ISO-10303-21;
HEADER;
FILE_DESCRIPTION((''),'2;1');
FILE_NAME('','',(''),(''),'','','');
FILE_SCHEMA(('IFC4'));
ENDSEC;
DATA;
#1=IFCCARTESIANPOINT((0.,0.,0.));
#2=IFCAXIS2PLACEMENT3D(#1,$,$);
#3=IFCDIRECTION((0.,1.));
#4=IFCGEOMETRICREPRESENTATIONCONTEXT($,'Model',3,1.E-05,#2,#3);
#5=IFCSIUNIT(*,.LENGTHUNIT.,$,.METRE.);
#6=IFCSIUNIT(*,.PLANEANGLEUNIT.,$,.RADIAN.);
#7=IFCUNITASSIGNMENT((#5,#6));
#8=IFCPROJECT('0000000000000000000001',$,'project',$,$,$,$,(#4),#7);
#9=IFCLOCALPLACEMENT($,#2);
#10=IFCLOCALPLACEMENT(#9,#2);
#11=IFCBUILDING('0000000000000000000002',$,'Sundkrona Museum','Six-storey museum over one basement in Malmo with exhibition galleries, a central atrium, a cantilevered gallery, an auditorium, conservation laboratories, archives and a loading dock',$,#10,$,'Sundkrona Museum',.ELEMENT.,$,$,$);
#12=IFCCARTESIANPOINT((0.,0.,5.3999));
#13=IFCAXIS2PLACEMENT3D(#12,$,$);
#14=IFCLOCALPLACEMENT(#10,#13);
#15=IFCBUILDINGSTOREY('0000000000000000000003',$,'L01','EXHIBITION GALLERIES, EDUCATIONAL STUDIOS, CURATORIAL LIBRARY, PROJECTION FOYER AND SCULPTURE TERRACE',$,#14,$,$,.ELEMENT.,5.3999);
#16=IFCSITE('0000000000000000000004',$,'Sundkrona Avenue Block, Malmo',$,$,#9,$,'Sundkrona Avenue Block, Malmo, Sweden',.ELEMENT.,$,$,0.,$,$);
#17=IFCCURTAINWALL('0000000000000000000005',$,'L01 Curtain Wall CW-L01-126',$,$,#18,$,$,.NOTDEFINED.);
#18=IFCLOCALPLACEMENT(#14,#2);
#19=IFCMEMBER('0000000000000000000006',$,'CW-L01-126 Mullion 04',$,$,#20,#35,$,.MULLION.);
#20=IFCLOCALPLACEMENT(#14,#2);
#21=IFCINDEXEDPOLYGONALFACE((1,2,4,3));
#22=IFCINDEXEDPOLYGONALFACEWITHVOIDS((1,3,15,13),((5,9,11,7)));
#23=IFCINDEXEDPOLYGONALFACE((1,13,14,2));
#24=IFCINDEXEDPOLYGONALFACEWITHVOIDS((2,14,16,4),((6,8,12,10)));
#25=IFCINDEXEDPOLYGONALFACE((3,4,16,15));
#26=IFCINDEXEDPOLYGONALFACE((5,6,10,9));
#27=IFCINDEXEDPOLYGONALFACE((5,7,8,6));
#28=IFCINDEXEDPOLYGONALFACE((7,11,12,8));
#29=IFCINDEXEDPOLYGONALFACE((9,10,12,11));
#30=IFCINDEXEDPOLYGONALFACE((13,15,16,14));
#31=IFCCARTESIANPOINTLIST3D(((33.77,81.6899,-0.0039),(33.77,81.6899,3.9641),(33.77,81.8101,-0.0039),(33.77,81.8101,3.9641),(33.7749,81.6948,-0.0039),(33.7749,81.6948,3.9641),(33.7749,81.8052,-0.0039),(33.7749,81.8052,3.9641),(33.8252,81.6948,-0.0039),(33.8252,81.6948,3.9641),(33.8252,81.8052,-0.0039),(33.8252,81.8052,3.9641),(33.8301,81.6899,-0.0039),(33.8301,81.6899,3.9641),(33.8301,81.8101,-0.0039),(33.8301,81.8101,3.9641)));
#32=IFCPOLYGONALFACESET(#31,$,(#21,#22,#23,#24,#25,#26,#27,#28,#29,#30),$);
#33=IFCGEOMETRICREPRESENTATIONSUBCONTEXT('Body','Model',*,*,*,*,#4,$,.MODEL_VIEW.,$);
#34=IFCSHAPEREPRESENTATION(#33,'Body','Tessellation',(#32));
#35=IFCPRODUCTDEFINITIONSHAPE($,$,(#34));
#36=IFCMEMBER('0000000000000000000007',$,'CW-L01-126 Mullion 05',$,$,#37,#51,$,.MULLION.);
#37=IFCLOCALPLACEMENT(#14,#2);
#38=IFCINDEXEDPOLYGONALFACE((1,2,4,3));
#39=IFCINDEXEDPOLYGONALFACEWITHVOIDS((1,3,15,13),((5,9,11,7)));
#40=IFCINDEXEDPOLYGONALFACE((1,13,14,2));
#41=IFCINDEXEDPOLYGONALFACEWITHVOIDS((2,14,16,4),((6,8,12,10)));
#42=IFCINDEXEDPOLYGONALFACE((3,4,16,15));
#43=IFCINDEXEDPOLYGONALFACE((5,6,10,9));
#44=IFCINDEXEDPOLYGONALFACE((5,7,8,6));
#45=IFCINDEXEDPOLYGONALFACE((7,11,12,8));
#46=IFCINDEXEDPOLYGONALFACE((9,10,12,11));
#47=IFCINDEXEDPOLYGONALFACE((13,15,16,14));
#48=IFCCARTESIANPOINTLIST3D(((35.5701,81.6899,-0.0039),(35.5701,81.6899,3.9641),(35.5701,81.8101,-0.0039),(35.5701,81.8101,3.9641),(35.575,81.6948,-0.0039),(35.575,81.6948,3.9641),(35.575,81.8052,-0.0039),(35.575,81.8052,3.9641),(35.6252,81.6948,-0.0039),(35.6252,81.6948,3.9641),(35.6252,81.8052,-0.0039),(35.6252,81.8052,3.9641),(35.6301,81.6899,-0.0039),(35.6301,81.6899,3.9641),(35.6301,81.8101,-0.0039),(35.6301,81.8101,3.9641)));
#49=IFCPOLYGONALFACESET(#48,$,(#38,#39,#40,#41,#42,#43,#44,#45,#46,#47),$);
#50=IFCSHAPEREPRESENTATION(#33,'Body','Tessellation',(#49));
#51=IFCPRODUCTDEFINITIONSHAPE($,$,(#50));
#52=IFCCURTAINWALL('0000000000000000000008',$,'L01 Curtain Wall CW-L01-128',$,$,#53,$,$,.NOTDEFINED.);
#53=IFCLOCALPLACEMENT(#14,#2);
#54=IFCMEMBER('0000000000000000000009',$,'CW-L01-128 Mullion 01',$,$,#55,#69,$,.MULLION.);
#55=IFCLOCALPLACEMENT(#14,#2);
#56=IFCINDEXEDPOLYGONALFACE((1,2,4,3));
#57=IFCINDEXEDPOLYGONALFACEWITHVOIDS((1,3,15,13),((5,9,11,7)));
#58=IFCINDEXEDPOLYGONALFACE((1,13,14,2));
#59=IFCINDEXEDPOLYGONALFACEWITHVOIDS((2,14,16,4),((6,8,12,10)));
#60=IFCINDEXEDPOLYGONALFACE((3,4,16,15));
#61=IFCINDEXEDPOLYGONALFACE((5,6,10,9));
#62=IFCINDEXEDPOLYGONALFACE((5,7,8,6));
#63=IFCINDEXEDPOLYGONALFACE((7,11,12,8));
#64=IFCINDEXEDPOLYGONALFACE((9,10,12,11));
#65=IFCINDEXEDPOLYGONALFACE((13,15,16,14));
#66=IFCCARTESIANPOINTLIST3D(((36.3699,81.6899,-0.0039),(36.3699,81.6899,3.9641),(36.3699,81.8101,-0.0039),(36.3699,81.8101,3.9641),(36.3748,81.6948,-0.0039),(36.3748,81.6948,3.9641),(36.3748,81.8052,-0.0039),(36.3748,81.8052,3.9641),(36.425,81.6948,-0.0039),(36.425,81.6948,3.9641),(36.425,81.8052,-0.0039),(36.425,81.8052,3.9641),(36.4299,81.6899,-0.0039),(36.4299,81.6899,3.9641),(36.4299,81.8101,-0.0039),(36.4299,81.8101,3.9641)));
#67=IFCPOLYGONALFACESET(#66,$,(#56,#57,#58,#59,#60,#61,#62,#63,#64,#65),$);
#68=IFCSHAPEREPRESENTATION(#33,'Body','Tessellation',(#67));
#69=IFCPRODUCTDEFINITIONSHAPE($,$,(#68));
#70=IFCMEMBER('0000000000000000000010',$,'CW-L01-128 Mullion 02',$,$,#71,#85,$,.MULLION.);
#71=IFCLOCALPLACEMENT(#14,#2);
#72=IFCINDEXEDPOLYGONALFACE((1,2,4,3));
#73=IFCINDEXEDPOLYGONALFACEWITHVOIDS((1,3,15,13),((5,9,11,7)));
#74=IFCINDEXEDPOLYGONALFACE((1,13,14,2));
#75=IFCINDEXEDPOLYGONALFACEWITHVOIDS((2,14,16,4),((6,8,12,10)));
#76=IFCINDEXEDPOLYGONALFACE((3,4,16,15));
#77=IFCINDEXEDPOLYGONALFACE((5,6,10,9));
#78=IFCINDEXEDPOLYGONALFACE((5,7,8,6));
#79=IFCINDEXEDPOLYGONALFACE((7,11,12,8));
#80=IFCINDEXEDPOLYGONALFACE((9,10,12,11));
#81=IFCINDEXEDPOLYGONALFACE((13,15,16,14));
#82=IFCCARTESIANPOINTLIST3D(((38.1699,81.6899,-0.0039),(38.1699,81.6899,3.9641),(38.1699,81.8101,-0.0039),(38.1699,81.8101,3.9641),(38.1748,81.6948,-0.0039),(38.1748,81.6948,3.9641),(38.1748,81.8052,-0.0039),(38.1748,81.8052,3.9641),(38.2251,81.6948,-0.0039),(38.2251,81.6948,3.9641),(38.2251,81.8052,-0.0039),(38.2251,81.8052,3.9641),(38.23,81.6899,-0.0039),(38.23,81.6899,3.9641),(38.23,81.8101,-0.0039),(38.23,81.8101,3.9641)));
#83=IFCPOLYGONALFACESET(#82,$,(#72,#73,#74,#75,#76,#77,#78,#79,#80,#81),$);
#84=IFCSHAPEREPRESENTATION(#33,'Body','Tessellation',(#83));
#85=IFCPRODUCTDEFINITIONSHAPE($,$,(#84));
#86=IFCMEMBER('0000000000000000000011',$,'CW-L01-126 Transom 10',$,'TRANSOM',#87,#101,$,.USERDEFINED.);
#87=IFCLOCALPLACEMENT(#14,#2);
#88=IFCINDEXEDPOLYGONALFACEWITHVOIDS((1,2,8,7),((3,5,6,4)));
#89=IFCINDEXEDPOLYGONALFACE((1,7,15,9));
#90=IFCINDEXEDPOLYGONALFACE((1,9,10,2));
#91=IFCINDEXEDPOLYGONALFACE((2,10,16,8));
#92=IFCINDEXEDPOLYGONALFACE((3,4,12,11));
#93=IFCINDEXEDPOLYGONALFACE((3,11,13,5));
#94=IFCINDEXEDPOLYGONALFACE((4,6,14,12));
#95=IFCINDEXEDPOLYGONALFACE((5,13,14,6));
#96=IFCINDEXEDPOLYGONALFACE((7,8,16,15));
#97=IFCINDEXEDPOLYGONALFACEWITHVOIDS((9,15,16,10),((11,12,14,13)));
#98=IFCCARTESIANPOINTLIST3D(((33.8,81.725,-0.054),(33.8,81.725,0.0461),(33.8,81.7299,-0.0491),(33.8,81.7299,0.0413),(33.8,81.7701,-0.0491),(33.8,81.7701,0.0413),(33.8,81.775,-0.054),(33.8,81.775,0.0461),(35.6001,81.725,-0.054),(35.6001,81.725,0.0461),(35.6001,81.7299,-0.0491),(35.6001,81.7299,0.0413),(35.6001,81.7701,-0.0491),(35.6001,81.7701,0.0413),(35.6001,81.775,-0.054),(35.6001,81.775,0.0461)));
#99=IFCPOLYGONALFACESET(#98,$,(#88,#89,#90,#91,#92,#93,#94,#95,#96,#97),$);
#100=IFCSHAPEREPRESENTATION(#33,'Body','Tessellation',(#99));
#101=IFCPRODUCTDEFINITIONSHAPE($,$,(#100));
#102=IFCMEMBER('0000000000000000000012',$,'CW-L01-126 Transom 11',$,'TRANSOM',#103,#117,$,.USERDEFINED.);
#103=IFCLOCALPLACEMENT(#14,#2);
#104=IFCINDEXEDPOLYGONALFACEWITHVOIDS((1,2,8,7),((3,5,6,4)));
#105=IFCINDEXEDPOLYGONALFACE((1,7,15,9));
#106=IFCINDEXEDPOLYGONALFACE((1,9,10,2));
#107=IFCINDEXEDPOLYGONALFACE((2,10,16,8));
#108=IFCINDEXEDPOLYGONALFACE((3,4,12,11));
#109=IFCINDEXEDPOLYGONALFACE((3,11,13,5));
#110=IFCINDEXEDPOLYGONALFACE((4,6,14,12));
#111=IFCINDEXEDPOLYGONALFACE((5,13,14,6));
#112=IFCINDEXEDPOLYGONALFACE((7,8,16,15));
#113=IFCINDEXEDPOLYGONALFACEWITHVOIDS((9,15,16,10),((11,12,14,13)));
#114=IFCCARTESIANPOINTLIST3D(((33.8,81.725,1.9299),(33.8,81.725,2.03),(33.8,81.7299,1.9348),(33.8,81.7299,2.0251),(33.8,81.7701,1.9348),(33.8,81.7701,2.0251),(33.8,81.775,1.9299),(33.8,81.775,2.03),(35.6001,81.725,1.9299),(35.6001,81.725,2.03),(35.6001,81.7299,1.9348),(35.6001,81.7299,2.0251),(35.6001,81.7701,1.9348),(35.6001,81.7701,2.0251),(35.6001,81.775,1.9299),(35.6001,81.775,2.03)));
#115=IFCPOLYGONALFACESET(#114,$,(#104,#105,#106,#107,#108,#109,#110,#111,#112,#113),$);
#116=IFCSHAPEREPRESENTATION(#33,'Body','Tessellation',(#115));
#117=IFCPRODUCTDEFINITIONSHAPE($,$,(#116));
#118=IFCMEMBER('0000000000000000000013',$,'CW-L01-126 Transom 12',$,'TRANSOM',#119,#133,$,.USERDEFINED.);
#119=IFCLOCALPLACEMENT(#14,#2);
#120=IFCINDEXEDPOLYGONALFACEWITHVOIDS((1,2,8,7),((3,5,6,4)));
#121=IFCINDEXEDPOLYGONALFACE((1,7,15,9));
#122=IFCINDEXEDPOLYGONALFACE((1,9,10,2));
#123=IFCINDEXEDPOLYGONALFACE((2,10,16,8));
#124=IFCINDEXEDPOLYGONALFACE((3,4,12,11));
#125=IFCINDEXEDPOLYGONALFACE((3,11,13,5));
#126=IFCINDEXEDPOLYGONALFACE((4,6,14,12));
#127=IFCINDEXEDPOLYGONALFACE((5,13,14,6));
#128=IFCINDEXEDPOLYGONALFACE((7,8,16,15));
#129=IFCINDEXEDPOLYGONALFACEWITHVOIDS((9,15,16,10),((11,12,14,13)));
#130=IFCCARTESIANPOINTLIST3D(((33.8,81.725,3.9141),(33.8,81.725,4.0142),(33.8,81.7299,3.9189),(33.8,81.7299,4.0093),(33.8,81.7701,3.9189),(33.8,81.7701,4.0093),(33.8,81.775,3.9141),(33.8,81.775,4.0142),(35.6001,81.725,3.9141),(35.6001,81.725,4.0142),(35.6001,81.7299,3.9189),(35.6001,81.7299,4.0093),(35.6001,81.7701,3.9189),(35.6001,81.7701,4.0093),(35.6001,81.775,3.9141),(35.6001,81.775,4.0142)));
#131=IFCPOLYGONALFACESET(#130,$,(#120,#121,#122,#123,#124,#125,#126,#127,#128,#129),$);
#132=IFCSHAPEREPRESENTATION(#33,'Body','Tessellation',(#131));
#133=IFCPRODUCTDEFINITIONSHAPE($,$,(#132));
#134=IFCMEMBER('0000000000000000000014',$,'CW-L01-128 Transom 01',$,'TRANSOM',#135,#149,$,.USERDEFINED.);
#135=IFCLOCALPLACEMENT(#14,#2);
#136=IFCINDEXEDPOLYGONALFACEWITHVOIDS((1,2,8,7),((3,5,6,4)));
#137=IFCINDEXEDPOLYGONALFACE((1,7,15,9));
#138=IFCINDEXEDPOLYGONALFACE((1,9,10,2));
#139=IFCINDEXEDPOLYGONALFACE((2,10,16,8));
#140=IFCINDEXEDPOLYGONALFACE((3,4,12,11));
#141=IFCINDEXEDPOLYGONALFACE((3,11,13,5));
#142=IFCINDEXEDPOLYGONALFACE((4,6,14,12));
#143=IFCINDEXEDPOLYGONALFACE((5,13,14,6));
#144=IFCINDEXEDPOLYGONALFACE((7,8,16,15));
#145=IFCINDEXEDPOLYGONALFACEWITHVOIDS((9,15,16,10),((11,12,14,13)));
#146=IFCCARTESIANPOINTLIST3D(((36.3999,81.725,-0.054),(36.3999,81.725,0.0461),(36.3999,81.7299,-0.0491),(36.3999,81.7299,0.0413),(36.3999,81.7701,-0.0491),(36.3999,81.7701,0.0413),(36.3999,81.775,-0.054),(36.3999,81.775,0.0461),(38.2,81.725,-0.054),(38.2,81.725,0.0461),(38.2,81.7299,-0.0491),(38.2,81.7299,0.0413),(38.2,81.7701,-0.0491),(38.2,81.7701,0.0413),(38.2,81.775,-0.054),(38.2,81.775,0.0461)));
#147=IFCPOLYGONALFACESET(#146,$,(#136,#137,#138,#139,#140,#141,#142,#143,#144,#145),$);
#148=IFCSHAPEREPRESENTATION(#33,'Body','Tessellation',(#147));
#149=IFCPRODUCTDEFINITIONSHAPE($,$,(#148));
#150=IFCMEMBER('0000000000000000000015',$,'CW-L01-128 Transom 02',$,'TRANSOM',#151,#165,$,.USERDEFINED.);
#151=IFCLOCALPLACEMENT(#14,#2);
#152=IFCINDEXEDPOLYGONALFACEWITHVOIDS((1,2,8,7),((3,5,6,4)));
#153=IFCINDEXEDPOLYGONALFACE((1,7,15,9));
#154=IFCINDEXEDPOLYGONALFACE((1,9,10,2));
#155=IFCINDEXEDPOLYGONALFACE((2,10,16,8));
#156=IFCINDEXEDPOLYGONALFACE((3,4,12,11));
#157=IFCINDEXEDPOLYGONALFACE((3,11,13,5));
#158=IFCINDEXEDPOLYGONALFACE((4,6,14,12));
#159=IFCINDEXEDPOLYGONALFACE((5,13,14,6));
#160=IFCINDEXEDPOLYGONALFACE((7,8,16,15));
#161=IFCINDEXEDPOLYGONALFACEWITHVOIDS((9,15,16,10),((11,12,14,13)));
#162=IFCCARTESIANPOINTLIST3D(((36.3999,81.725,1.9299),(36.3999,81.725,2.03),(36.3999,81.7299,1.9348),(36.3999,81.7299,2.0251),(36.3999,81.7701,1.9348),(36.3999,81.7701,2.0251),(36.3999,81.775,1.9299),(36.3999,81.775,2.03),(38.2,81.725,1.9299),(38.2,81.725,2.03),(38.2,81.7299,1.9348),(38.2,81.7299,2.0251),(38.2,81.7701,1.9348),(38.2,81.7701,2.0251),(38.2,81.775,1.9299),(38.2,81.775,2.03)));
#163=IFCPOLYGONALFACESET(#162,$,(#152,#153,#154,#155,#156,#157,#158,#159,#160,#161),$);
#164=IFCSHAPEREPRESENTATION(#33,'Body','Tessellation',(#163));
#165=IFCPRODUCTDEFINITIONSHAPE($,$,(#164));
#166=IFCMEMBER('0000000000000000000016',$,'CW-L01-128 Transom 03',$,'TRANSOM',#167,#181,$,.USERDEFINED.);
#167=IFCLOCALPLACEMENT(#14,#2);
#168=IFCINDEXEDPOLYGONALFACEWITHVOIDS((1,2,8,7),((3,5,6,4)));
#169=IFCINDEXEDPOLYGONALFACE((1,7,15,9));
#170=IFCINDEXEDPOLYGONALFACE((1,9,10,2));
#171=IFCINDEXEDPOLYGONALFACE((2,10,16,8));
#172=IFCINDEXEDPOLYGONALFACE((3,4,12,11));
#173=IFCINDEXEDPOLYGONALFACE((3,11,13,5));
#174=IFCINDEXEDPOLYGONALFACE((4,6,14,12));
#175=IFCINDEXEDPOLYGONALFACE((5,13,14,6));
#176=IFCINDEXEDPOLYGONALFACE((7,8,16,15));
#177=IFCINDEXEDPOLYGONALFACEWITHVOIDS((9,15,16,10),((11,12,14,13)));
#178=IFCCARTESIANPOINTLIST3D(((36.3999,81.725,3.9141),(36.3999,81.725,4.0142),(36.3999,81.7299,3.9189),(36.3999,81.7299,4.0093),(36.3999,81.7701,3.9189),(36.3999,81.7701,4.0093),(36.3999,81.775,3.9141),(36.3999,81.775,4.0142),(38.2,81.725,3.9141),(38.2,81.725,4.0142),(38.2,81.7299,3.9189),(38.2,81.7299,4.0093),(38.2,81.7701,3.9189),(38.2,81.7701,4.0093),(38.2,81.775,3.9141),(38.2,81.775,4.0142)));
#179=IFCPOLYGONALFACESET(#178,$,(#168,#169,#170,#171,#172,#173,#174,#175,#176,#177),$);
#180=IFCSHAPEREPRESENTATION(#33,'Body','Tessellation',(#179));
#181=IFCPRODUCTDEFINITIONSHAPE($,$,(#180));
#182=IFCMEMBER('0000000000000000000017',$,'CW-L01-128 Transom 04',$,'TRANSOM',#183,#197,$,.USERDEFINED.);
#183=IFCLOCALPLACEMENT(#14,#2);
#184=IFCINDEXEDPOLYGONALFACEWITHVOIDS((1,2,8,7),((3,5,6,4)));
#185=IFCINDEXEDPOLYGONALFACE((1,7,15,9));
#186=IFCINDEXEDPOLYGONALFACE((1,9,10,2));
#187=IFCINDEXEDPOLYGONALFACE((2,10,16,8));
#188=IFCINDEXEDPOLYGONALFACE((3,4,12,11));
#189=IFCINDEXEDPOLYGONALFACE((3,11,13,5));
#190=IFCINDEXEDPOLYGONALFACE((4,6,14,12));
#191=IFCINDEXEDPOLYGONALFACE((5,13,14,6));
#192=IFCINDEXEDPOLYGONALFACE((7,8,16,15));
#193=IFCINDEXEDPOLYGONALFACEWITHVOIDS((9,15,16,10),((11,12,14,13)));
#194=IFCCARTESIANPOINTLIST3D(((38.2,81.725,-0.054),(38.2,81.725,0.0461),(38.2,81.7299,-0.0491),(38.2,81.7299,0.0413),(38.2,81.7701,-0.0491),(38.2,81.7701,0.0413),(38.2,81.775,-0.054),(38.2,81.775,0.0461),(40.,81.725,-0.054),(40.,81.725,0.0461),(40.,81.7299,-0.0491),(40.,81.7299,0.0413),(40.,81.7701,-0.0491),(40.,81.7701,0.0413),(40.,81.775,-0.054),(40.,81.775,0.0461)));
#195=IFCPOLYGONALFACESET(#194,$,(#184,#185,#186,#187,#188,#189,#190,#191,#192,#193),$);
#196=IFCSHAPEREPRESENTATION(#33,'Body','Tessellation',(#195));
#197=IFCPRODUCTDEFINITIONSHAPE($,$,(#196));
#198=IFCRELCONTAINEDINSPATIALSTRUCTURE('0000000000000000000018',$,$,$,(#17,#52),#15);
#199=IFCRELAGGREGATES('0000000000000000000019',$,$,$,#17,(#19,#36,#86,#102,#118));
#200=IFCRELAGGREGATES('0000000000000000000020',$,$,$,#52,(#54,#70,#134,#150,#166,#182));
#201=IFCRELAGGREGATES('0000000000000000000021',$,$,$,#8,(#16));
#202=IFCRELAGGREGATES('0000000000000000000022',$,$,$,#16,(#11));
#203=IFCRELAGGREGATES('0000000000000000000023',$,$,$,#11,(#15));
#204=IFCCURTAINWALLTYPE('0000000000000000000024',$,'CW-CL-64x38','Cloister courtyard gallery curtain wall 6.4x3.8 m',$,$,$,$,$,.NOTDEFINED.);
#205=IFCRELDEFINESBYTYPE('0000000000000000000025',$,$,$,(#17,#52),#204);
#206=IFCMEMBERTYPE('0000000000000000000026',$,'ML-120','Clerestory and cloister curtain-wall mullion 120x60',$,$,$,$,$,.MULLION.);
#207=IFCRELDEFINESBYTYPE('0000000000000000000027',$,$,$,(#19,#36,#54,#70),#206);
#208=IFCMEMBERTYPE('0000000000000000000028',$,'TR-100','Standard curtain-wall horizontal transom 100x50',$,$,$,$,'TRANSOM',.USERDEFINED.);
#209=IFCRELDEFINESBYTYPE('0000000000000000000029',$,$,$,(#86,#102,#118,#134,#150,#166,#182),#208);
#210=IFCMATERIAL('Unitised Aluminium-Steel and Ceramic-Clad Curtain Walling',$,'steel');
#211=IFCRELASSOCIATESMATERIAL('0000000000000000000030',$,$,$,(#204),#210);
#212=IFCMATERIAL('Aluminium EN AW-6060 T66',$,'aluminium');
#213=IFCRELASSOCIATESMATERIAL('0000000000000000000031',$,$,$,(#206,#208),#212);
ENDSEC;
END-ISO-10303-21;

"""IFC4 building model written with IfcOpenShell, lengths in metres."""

from ifc_helpers import new_model, si_unit, direction, frame, origin, origin_2d, place, context, subcontext, project, spatial, hollow_rectangle, extrude, material, material_profile, profile_set, type_object, element, aggregate, save


model = new_model("IFC4")

# Units and contexts
model_context = context("Model", 3, precision=1e-05, world=origin(), true_north=direction((0.0, 1.0)))
body_context = subcontext(model_context, "Body", "Model", "MODEL_VIEW")
ifc_project = project(units=[si_unit("LENGTHUNIT", "METRE"), si_unit("PLANEANGLEUNIT", "RADIAN")], contexts=[model_context])

# Site, building, storey
site_placement = place(None, origin())
site = spatial("IfcSite", under=ifc_project, at=site_placement, Name="Sundkrona Avenue Block, Malmo", LongName="Sundkrona Avenue Block, Malmo, Sweden", CompositionType="ELEMENT", RefElevation=0.0)
building_placement = place(site_placement, origin())
building = spatial("IfcBuilding", under=site, at=building_placement, Name="Sundkrona Museum", Description="Six-storey museum over one basement in Malmo with exhibition galleries, a central atrium, a cantilevered gallery, an auditorium, conservation laboratories, archives and a loading dock", LongName="Sundkrona Museum", CompositionType="ELEMENT")
storey_placement = place(building_placement, frame((0.0, 0.0, 5.3999)))
storey = spatial("IfcBuildingStorey", under=building, at=storey_placement, Name="L01", Description="EXHIBITION GALLERIES, EDUCATIONAL STUDIOS, CURATORIAL LIBRARY, PROJECTION FOYER AND SCULPTURE TERRACE", CompositionType="ELEMENT", Elevation=5.3999)

# Curtain walls, members
ifc_material_1 = material(Name="Unitised Aluminium-Steel and Ceramic-Clad Curtain Walling", Category="steel")
curtain_wall_type = type_object("IfcCurtainWallType", Name="CW-CL-64x38", Description="Cloister courtyard gallery curtain wall 6.4x3.8 m", PredefinedType="NOTDEFINED", material=ifc_material_1)
curtain_wall_1_placement = place(storey_placement, origin())
curtain_wall_1 = element("IfcCurtainWall", 1, at=curtain_wall_1_placement, inside=storey, type_object=curtain_wall_type, Name="L01 Curtain Wall CW-L01-126", PredefinedType="NOTDEFINED")
ifc_material_2 = material(Name="Aluminium EN AW-6060 T66", Category="aluminium")
ifc_material_profile_1 = material_profile(ifc_material_2, hollow_rectangle(XDim=0.0601, YDim=0.1201, WallThickness=0.0049, at=origin_2d()), Name="RHS 120x60x5.0")
ifc_profile_set_1 = profile_set([ifc_material_profile_1], Name="Aluminium EN AW-6060 T66")
member_type_1 = type_object("IfcMemberType", Name="ML-120", Description="Clerestory and cloister curtain-wall mullion 120x60", PredefinedType="MULLION", material=ifc_profile_set_1)
member_1_placement = place(storey_placement, frame((33.8, 81.75, -0.0039), z_axis=(0.0, 0.0, 1.0), x_axis=(1.0, 0.0, 0.0)))
member_1 = element("IfcMember", 2, at=member_1_placement, type_object=member_type_1, Name="CW-L01-126 Mullion 04", PredefinedType="MULLION", context=body_context, shape_type="SweptSolid", body=[
    extrude(hollow_rectangle(XDim=0.0601, YDim=0.1201, WallThickness=0.0049, at=origin_2d()), origin(), (0.0, 0.0, 1.0), 3.968),
])
member_2_placement = place(storey_placement, frame((35.6001, 81.75, -0.0039), z_axis=(0.0, 0.0, 1.0), x_axis=(1.0, 0.0, 0.0)))
member_2 = element("IfcMember", 3, at=member_2_placement, type_object=member_type_1, Name="CW-L01-126 Mullion 05", PredefinedType="MULLION", context=body_context, shape_type="SweptSolid", body=[
    extrude(hollow_rectangle(XDim=0.0601, YDim=0.1201, WallThickness=0.0049, at=origin_2d()), origin(), (0.0, 0.0, 1.0), 3.968),
])
curtain_wall_2_placement = place(storey_placement, origin())
curtain_wall_2 = element("IfcCurtainWall", 4, at=curtain_wall_2_placement, inside=storey, type_object=curtain_wall_type, Name="L01 Curtain Wall CW-L01-128", PredefinedType="NOTDEFINED")
member_3_placement = place(storey_placement, frame((36.3999, 81.75, -0.0039), z_axis=(0.0, 0.0, 1.0), x_axis=(1.0, 0.0, 0.0)))
member_3 = element("IfcMember", 5, at=member_3_placement, type_object=member_type_1, Name="CW-L01-128 Mullion 01", PredefinedType="MULLION", context=body_context, shape_type="SweptSolid", body=[
    extrude(hollow_rectangle(XDim=0.0601, YDim=0.1201, WallThickness=0.0049, at=origin_2d()), origin(), (0.0, 0.0, 1.0), 3.968),
])
member_4_placement = place(storey_placement, frame((38.2, 81.75, -0.0039), z_axis=(0.0, 0.0, 1.0), x_axis=(1.0, 0.0, 0.0)))
member_4 = element("IfcMember", 6, at=member_4_placement, type_object=member_type_1, Name="CW-L01-128 Mullion 02", PredefinedType="MULLION", context=body_context, shape_type="SweptSolid", body=[
    extrude(hollow_rectangle(XDim=0.0601, YDim=0.1201, WallThickness=0.0049, at=origin_2d()), origin(), (0.0, 0.0, 1.0), 3.968),
])

# Members
ifc_material_profile_2 = material_profile(ifc_material_2, hollow_rectangle(XDim=0.05, YDim=0.1001, WallThickness=0.0049, at=origin_2d()), Name="RHS 100x50x5.0")
ifc_profile_set_2 = profile_set([ifc_material_profile_2], Name="Aluminium EN AW-6060 T66")
member_type_2 = type_object("IfcMemberType", Name="TR-100", Description="Standard curtain-wall horizontal transom 100x50", ElementType="TRANSOM", PredefinedType="USERDEFINED", material=ifc_profile_set_2)
member_5_placement = place(storey_placement, frame((33.8, 81.75, -0.0039), z_axis=(1.0, 0.0, 0.0), x_axis=(0.0, 1.0, 0.0)))
member_5 = element("IfcMember", 7, at=member_5_placement, type_object=member_type_2, Name="CW-L01-126 Transom 10", ObjectType="TRANSOM", PredefinedType="USERDEFINED", context=body_context, shape_type="SweptSolid", body=[
    extrude(hollow_rectangle(XDim=0.05, YDim=0.1001, WallThickness=0.0049, at=origin_2d()), origin(), (0.0, 0.0, 1.0), 1.8),
])
member_6_placement = place(storey_placement, frame((33.8, 81.75, 1.98), z_axis=(1.0, 0.0, 0.0), x_axis=(0.0, 1.0, 0.0)))
member_6 = element("IfcMember", 8, at=member_6_placement, type_object=member_type_2, Name="CW-L01-126 Transom 11", ObjectType="TRANSOM", PredefinedType="USERDEFINED", context=body_context, shape_type="SweptSolid", body=[
    extrude(hollow_rectangle(XDim=0.05, YDim=0.1001, WallThickness=0.0049, at=origin_2d()), origin(), (0.0, 0.0, 1.0), 1.8),
])
member_7_placement = place(storey_placement, frame((33.8, 81.75, 3.9641), z_axis=(1.0, 0.0, 0.0), x_axis=(0.0, 1.0, 0.0)))
member_7 = element("IfcMember", 9, at=member_7_placement, type_object=member_type_2, Name="CW-L01-126 Transom 12", ObjectType="TRANSOM", PredefinedType="USERDEFINED", context=body_context, shape_type="SweptSolid", body=[
    extrude(hollow_rectangle(XDim=0.05, YDim=0.1001, WallThickness=0.0049, at=origin_2d()), origin(), (0.0, 0.0, 1.0), 1.8),
])
member_8_placement = place(storey_placement, frame((36.3999, 81.75, -0.0039), z_axis=(1.0, 0.0, 0.0), x_axis=(0.0, 1.0, 0.0)))
member_8 = element("IfcMember", 10, at=member_8_placement, type_object=member_type_2, Name="CW-L01-128 Transom 01", ObjectType="TRANSOM", PredefinedType="USERDEFINED", context=body_context, shape_type="SweptSolid", body=[
    extrude(hollow_rectangle(XDim=0.05, YDim=0.1001, WallThickness=0.0049, at=origin_2d()), origin(), (0.0, 0.0, 1.0), 1.8),
])
member_9_placement = place(storey_placement, frame((36.3999, 81.75, 1.98), z_axis=(1.0, 0.0, 0.0), x_axis=(0.0, 1.0, 0.0)))
member_9 = element("IfcMember", 11, at=member_9_placement, type_object=member_type_2, Name="CW-L01-128 Transom 02", ObjectType="TRANSOM", PredefinedType="USERDEFINED", context=body_context, shape_type="SweptSolid", body=[
    extrude(hollow_rectangle(XDim=0.05, YDim=0.1001, WallThickness=0.0049, at=origin_2d()), origin(), (0.0, 0.0, 1.0), 1.8),
])
member_10_placement = place(storey_placement, frame((36.3999, 81.75, 3.9641), z_axis=(1.0, 0.0, 0.0), x_axis=(0.0, 1.0, 0.0)))
member_10 = element("IfcMember", 12, at=member_10_placement, type_object=member_type_2, Name="CW-L01-128 Transom 03", ObjectType="TRANSOM", PredefinedType="USERDEFINED", context=body_context, shape_type="SweptSolid", body=[
    extrude(hollow_rectangle(XDim=0.05, YDim=0.1001, WallThickness=0.0049, at=origin_2d()), origin(), (0.0, 0.0, 1.0), 1.8),
])
member_11_placement = place(storey_placement, frame((38.2, 81.75, -0.0039), z_axis=(1.0, 0.0, 0.0), x_axis=(0.0, 1.0, 0.0)))
member_11 = element("IfcMember", 13, at=member_11_placement, type_object=member_type_2, Name="CW-L01-128 Transom 04", ObjectType="TRANSOM", PredefinedType="USERDEFINED", context=body_context, shape_type="SweptSolid", body=[
    extrude(hollow_rectangle(XDim=0.05, YDim=0.1001, WallThickness=0.0049, at=origin_2d()), origin(), (0.0, 0.0, 1.0), 1.8),
])

aggregate(curtain_wall_1, [member_1, member_2, member_5, member_6, member_7])
aggregate(curtain_wall_2, [member_3, member_4, member_8, member_9, member_10, member_11])

save(model, "model.ifc")
